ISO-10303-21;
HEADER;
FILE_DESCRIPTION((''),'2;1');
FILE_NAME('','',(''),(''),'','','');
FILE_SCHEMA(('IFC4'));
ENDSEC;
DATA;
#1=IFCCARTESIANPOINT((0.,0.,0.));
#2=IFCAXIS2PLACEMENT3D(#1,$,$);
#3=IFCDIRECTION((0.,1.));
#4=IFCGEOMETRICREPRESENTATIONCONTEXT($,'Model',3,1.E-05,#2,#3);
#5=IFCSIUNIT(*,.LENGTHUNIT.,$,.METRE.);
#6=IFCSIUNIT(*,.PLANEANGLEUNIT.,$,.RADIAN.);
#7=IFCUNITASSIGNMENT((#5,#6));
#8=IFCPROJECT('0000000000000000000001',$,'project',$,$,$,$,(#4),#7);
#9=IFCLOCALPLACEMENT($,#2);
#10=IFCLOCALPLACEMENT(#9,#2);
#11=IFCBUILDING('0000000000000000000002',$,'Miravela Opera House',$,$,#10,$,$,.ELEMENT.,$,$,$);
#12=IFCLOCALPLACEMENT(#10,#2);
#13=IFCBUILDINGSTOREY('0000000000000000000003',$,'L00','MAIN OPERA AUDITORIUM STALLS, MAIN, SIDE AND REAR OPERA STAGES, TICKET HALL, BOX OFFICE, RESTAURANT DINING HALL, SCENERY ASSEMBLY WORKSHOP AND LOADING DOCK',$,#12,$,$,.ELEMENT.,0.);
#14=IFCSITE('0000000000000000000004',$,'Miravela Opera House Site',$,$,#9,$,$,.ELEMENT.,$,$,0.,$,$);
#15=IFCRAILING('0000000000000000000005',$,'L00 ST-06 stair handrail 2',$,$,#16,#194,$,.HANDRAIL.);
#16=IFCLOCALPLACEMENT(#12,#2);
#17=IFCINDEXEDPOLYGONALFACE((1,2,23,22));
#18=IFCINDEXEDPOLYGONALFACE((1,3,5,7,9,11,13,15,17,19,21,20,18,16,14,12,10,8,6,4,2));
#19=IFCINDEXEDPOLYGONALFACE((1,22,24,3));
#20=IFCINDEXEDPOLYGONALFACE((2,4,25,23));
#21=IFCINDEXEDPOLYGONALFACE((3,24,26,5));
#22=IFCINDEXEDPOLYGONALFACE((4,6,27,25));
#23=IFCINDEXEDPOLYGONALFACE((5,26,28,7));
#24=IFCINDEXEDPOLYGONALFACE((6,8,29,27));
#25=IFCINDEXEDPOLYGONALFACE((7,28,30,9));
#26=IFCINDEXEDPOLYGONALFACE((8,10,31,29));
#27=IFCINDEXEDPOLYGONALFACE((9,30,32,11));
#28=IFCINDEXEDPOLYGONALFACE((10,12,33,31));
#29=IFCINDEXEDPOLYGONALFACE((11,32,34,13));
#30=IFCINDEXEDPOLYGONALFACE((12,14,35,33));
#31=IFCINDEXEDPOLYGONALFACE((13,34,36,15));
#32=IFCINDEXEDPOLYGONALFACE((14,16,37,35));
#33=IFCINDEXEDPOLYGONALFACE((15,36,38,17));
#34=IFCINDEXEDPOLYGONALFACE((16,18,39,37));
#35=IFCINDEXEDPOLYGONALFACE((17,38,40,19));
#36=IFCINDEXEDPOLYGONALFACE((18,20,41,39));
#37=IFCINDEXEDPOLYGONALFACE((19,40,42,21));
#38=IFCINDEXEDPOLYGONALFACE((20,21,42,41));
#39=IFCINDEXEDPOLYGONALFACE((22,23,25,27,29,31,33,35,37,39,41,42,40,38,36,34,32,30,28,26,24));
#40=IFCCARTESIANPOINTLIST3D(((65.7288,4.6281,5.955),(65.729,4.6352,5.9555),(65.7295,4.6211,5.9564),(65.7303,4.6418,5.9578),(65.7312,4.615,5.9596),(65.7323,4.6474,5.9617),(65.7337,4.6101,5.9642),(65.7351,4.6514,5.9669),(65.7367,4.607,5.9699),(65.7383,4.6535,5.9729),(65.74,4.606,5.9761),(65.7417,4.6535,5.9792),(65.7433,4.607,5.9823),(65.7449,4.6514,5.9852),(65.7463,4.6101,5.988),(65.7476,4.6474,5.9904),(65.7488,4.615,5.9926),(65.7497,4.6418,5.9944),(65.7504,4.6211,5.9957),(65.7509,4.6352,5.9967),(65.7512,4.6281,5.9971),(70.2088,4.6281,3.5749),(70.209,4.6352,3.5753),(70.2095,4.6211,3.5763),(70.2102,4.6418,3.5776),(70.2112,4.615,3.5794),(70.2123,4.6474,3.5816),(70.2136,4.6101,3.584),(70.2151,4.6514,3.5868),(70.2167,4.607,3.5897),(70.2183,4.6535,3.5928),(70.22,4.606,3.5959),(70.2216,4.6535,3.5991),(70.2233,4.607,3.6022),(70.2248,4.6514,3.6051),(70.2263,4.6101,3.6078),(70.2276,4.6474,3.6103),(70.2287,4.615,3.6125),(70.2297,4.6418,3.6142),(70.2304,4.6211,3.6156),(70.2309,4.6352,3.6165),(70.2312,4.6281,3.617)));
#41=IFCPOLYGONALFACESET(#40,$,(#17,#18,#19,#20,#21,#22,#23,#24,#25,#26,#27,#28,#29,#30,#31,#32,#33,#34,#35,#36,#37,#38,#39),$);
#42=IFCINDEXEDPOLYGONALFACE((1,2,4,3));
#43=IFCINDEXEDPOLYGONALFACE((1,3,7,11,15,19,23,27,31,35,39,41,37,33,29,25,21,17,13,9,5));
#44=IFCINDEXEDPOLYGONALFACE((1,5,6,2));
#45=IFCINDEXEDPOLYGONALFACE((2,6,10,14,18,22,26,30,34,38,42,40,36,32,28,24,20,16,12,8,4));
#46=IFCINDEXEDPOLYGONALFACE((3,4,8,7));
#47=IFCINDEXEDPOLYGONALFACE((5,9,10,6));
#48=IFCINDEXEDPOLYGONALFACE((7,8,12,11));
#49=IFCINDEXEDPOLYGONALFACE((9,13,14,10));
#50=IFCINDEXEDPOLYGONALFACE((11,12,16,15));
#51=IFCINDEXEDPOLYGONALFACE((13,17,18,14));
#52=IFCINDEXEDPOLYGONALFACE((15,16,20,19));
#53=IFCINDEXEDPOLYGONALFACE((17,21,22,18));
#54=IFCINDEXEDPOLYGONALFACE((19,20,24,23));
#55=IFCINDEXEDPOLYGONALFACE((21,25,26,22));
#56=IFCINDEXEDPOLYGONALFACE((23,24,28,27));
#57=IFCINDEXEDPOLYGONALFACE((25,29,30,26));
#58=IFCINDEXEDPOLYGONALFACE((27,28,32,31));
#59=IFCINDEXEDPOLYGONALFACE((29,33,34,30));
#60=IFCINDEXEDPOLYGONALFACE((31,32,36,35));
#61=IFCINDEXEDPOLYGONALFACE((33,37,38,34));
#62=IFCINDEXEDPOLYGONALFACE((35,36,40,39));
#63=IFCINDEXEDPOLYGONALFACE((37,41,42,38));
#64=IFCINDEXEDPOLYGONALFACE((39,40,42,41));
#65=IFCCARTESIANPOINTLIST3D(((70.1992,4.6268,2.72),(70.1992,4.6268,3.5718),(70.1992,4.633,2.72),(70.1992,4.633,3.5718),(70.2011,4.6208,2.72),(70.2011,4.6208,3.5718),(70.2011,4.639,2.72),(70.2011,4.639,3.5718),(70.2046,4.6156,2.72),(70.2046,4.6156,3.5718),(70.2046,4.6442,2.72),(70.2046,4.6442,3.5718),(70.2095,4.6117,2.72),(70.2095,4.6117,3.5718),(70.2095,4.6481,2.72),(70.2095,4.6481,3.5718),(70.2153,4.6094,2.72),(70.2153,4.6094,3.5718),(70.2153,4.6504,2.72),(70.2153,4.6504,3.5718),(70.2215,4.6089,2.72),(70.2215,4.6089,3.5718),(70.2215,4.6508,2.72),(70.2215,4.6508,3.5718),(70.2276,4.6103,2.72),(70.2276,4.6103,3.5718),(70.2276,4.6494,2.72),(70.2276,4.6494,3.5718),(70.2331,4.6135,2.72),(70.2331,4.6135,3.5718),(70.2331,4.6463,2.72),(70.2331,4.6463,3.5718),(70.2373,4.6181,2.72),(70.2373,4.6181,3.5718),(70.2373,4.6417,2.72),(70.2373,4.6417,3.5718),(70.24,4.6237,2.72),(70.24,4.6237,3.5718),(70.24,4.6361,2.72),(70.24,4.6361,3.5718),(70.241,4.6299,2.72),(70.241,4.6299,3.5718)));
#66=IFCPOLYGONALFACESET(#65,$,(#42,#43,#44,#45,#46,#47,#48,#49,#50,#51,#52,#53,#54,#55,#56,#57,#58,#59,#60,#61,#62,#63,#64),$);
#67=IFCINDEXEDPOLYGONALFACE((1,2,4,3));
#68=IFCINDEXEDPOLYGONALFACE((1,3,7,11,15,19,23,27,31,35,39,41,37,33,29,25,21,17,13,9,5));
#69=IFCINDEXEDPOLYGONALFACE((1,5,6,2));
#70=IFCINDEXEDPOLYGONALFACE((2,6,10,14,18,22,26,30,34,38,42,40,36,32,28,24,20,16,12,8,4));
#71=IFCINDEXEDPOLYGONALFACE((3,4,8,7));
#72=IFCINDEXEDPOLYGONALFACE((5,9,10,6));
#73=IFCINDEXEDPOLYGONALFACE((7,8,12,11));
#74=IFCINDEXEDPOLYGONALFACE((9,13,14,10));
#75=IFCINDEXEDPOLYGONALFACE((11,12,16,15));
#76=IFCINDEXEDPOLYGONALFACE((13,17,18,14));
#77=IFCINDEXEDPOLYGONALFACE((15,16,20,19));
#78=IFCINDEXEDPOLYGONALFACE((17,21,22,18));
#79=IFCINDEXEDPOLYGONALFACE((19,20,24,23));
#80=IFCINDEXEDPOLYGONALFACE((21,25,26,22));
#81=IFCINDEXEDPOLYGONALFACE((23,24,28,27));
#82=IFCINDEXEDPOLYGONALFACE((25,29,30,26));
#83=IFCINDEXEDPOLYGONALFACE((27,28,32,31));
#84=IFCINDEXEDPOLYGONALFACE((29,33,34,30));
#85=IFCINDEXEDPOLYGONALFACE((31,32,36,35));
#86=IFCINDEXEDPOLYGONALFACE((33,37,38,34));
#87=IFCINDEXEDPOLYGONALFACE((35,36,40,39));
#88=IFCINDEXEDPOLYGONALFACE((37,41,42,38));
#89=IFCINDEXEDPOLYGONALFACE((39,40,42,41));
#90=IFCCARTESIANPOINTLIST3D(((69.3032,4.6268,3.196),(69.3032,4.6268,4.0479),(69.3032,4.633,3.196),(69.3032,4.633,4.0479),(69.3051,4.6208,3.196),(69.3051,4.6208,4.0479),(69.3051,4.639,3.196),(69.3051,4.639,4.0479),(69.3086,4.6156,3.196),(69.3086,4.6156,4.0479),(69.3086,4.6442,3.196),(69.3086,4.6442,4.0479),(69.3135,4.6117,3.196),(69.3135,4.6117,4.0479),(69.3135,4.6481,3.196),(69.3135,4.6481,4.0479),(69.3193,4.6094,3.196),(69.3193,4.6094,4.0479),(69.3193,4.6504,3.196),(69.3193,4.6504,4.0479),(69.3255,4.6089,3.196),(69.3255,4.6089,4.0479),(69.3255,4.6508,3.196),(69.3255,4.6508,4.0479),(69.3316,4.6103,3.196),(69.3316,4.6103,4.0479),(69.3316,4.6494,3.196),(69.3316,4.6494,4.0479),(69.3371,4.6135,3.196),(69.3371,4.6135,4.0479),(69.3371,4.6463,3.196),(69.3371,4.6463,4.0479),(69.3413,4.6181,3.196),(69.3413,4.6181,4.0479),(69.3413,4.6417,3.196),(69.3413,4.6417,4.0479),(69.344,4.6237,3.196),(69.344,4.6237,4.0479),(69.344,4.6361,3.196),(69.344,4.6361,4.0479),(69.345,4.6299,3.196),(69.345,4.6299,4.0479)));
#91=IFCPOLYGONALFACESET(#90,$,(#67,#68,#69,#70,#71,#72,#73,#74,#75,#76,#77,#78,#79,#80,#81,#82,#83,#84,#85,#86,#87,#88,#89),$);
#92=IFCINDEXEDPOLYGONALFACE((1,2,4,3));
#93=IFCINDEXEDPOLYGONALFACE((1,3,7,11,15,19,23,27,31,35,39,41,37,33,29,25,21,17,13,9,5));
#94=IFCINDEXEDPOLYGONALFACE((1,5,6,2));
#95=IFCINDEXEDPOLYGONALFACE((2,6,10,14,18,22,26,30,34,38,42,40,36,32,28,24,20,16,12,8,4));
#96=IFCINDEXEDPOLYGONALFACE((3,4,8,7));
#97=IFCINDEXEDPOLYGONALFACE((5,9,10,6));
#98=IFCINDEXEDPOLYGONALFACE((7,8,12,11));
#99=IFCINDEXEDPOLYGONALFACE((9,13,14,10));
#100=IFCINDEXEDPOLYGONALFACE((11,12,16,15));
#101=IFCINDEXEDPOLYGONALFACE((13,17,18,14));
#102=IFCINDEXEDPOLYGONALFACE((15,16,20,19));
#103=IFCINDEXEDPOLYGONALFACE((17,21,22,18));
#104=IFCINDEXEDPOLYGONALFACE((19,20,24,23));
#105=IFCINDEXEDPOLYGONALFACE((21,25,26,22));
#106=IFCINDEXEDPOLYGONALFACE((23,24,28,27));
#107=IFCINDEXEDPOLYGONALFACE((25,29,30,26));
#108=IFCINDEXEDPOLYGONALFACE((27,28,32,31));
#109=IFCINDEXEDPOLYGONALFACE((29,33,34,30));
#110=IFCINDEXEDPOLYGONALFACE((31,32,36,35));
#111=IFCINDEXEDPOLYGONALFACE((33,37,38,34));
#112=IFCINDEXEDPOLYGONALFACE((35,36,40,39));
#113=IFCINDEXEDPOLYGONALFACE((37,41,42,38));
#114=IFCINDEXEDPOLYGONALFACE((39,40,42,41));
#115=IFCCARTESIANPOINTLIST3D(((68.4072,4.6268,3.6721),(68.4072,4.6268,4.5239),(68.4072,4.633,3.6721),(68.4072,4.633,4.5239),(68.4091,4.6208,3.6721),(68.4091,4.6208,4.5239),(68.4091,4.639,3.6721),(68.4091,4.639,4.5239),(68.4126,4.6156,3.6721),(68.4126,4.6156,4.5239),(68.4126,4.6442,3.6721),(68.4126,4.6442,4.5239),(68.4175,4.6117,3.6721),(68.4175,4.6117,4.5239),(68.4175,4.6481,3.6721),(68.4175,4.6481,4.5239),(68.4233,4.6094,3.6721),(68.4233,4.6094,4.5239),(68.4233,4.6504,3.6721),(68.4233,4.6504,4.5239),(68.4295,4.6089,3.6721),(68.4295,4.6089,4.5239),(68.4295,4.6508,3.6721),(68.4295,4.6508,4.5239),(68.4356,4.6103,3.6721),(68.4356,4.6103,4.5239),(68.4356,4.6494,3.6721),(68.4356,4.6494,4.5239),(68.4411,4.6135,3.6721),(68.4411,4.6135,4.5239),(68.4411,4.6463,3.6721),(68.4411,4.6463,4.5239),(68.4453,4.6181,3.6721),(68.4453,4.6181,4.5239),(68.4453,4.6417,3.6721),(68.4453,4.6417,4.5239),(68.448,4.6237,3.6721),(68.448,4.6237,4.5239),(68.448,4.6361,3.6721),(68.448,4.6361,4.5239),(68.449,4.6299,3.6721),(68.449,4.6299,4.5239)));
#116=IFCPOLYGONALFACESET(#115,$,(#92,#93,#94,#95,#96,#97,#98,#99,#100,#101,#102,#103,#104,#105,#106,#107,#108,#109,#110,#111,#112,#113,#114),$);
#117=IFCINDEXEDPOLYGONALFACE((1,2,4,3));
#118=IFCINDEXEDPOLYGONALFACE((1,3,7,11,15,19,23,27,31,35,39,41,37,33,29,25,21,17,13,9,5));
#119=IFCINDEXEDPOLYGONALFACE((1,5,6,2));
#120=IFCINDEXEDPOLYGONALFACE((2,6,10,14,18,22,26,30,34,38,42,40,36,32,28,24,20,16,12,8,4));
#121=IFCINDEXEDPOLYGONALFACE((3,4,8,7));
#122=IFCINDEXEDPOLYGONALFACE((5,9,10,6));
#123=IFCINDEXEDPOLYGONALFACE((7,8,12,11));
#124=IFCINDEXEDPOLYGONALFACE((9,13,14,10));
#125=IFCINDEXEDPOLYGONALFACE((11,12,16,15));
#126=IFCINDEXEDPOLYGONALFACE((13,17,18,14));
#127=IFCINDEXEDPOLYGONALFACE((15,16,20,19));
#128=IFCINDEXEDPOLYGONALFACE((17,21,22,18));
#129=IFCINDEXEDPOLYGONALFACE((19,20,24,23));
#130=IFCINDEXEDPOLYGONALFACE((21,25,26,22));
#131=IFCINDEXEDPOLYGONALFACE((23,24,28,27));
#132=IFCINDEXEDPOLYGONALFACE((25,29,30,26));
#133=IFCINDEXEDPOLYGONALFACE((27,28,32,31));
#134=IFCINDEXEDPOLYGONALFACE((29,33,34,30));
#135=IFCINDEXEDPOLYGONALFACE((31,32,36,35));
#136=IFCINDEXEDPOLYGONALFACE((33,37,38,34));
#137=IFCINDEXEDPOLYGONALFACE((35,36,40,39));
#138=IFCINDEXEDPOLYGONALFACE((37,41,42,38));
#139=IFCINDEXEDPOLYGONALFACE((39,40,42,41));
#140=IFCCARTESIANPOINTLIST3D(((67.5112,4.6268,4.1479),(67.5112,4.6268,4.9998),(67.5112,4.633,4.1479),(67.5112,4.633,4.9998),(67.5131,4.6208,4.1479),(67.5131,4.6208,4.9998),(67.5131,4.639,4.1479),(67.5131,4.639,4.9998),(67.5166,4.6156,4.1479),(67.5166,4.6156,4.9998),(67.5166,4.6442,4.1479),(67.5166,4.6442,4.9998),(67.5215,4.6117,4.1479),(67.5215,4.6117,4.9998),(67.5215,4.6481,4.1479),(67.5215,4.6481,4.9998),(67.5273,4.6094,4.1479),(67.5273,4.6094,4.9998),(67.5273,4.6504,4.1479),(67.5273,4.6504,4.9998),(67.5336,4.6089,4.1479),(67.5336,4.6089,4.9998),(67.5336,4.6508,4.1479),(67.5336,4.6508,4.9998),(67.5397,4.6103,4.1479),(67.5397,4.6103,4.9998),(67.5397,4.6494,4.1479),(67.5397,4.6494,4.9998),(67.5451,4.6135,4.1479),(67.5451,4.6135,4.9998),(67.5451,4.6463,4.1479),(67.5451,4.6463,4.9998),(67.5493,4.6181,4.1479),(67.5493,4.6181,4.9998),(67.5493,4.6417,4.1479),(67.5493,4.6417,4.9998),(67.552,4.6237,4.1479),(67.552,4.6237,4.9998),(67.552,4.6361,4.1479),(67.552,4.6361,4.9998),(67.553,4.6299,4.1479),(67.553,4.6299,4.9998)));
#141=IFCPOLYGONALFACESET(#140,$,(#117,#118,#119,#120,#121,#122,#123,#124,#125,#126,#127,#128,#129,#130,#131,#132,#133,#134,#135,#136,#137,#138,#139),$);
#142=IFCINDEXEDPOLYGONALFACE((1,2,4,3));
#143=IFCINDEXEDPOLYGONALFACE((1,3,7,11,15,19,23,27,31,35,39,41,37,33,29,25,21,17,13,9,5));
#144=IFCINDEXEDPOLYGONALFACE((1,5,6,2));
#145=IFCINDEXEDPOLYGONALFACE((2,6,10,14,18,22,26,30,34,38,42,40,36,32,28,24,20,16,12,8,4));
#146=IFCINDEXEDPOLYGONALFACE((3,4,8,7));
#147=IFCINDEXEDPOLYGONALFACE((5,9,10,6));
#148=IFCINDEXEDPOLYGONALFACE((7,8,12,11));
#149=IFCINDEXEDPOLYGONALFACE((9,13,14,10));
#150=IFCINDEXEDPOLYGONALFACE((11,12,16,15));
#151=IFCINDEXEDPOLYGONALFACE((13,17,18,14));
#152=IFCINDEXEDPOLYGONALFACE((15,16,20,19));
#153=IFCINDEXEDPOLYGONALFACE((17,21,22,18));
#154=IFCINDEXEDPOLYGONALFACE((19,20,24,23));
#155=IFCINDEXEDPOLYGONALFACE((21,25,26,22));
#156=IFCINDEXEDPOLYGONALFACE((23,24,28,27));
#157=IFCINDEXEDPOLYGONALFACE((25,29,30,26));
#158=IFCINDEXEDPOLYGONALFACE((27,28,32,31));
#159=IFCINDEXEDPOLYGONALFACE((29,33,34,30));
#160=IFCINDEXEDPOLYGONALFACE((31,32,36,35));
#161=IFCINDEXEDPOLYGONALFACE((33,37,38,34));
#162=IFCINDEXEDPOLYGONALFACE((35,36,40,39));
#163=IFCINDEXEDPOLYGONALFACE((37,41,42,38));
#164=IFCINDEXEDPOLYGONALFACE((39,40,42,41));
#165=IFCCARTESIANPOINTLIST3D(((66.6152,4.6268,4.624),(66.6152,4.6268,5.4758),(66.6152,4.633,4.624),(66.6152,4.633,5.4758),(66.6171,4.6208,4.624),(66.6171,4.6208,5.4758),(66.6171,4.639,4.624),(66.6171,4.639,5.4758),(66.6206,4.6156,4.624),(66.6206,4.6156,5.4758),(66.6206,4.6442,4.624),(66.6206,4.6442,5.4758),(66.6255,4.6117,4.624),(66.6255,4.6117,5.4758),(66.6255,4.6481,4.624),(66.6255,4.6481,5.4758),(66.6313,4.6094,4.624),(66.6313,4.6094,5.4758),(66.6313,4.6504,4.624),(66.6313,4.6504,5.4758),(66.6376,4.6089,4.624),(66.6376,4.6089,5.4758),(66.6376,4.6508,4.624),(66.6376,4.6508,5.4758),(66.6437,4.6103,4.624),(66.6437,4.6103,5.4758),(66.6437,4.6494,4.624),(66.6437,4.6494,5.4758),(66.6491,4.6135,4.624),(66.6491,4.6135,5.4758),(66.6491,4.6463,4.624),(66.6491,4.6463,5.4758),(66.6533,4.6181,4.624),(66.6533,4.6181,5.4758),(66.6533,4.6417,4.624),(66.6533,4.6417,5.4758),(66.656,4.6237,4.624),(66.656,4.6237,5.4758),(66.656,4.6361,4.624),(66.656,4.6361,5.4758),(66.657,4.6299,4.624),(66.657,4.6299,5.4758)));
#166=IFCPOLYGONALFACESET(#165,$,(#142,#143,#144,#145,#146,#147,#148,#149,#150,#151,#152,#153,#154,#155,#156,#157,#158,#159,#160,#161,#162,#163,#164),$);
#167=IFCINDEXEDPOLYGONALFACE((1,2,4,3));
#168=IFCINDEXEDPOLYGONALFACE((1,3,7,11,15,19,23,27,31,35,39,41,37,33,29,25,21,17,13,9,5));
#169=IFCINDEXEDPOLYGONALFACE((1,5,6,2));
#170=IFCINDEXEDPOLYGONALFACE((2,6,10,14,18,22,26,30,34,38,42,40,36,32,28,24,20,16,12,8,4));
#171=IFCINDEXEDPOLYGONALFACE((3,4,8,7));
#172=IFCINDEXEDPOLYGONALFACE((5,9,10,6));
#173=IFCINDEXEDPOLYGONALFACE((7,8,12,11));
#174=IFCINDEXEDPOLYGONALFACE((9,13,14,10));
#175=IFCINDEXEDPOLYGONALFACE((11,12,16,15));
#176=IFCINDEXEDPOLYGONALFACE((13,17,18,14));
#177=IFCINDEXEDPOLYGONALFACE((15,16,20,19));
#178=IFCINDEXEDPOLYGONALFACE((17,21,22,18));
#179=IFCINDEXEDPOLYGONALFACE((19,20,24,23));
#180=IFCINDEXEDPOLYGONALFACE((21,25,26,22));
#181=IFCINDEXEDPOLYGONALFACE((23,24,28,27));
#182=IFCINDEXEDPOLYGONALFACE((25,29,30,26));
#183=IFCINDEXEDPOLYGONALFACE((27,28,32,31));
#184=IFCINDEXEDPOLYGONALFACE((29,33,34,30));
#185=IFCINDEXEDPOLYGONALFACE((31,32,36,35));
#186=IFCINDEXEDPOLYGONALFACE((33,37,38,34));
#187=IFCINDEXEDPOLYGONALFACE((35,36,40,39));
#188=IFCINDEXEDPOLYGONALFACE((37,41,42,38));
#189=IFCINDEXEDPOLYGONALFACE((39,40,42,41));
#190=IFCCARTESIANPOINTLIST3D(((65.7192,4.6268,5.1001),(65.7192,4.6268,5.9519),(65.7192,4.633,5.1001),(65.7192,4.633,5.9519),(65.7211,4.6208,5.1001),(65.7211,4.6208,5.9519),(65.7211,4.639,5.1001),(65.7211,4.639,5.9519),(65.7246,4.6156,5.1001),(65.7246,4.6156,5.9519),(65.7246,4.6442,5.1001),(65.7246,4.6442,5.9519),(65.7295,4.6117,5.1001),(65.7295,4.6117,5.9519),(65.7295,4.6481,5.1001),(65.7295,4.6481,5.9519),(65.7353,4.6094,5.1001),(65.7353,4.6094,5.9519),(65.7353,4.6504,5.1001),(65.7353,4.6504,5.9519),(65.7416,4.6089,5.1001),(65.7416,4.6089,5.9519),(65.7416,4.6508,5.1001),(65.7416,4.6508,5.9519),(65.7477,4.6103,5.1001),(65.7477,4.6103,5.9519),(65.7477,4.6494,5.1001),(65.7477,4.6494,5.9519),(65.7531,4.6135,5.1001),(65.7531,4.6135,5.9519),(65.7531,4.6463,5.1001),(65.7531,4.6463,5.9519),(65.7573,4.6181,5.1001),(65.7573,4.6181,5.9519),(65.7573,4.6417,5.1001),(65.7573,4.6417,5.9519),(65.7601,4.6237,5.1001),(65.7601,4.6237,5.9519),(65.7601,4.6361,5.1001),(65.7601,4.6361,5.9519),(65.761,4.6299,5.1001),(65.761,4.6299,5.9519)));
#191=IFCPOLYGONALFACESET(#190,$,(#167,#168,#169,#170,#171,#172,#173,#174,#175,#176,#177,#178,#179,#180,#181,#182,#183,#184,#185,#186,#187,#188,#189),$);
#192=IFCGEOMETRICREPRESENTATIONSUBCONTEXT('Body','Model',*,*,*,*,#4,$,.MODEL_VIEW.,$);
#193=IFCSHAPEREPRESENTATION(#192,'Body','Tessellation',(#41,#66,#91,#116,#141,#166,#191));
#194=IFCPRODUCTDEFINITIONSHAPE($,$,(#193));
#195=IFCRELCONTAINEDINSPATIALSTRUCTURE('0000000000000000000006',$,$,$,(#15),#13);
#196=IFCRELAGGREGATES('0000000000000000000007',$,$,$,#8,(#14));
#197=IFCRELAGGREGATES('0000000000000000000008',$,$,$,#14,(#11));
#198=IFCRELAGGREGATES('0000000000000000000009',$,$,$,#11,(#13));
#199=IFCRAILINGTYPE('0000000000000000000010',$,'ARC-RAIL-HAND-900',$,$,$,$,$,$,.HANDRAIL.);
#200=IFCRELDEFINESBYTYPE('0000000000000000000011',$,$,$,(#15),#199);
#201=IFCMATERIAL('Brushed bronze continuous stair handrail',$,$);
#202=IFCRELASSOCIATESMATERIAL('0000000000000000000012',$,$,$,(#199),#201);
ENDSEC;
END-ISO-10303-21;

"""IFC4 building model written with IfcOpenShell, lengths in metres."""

from ifc_helpers import new_model, si_unit, direction, frame, origin, origin_2d, place, context, subcontext, project, spatial, circle, extrude, material, type_object, element, save


model = new_model("IFC4")

# Units and contexts
model_context = context("Model", 3, precision=1e-05, world=origin(), true_north=direction((0.0, 1.0)))
body_context = subcontext(model_context, "Body", "Model", "MODEL_VIEW")
ifc_project = project(units=[si_unit("LENGTHUNIT", "METRE"), si_unit("PLANEANGLEUNIT", "RADIAN")], contexts=[model_context])

# Site, building, storey
site_placement = place(None, origin())
site = spatial("IfcSite", under=ifc_project, at=site_placement, Name="Miravela Opera House Site", CompositionType="ELEMENT", RefElevation=0.0)
building_placement = place(site_placement, origin())
building = spatial("IfcBuilding", under=site, at=building_placement, Name="Miravela Opera House", CompositionType="ELEMENT")
storey_placement = place(building_placement, origin())
storey = spatial("IfcBuildingStorey", under=building, at=storey_placement, Name="L00", Description="MAIN OPERA AUDITORIUM STALLS, MAIN, SIDE AND REAR OPERA STAGES, TICKET HALL, BOX OFFICE, RESTAURANT DINING HALL, SCENERY ASSEMBLY WORKSHOP AND LOADING DOCK", CompositionType="ELEMENT", Elevation=0.0)

# Railing
ifc_material_1 = material(Name="Brushed bronze continuous stair handrail")
railing_type = type_object("IfcRailingType", Name="ARC-RAIL-HAND-900", PredefinedType="HANDRAIL", material=ifc_material_1)
railing_placement = place(storey_placement, frame((70.22, 4.6299, 2.72)))
element("IfcRailing", 1, at=railing_placement, inside=storey, type_object=railing_type, Name="L00 ST-06 stair handrail 2", PredefinedType="HANDRAIL", context=body_context, shape_type="SweptSolid", body=[
    extrude(circle(Radius=0.0239, at=origin_2d()), frame((0.0, 0.0, 0.876), z_axis=(-0.883105, 0.0, 0.469176), x_axis=(0.0, -1.0, 0.0)), (0.0, 0.0, 1.0), 5.073),
    extrude(circle(Radius=0.021, at=origin_2d()), origin(), (0.0, 0.0, 1.0), 0.8518),
    extrude(circle(Radius=0.021, at=origin_2d()), frame((-0.896, 0.0, 0.4761)), (0.0, 0.0, 1.0), 0.8518),
    extrude(circle(Radius=0.021, at=origin_2d()), frame((-1.792, 0.0, 0.9521)), (0.0, 0.0, 1.0), 0.8518),
    extrude(circle(Radius=0.021, at=origin_2d()), frame((-2.688, 0.0, 1.428)), (0.0, 0.0, 1.0), 0.8518),
    extrude(circle(Radius=0.021, at=origin_2d()), frame((-3.584, 0.0, 1.9041)), (0.0, 0.0, 1.0), 0.8518),
    extrude(circle(Radius=0.021, at=origin_2d()), frame((-4.48, 0.0, 2.3801)), (0.0, 0.0, 1.0), 0.8518),
])

save(model, "model.ifc")
